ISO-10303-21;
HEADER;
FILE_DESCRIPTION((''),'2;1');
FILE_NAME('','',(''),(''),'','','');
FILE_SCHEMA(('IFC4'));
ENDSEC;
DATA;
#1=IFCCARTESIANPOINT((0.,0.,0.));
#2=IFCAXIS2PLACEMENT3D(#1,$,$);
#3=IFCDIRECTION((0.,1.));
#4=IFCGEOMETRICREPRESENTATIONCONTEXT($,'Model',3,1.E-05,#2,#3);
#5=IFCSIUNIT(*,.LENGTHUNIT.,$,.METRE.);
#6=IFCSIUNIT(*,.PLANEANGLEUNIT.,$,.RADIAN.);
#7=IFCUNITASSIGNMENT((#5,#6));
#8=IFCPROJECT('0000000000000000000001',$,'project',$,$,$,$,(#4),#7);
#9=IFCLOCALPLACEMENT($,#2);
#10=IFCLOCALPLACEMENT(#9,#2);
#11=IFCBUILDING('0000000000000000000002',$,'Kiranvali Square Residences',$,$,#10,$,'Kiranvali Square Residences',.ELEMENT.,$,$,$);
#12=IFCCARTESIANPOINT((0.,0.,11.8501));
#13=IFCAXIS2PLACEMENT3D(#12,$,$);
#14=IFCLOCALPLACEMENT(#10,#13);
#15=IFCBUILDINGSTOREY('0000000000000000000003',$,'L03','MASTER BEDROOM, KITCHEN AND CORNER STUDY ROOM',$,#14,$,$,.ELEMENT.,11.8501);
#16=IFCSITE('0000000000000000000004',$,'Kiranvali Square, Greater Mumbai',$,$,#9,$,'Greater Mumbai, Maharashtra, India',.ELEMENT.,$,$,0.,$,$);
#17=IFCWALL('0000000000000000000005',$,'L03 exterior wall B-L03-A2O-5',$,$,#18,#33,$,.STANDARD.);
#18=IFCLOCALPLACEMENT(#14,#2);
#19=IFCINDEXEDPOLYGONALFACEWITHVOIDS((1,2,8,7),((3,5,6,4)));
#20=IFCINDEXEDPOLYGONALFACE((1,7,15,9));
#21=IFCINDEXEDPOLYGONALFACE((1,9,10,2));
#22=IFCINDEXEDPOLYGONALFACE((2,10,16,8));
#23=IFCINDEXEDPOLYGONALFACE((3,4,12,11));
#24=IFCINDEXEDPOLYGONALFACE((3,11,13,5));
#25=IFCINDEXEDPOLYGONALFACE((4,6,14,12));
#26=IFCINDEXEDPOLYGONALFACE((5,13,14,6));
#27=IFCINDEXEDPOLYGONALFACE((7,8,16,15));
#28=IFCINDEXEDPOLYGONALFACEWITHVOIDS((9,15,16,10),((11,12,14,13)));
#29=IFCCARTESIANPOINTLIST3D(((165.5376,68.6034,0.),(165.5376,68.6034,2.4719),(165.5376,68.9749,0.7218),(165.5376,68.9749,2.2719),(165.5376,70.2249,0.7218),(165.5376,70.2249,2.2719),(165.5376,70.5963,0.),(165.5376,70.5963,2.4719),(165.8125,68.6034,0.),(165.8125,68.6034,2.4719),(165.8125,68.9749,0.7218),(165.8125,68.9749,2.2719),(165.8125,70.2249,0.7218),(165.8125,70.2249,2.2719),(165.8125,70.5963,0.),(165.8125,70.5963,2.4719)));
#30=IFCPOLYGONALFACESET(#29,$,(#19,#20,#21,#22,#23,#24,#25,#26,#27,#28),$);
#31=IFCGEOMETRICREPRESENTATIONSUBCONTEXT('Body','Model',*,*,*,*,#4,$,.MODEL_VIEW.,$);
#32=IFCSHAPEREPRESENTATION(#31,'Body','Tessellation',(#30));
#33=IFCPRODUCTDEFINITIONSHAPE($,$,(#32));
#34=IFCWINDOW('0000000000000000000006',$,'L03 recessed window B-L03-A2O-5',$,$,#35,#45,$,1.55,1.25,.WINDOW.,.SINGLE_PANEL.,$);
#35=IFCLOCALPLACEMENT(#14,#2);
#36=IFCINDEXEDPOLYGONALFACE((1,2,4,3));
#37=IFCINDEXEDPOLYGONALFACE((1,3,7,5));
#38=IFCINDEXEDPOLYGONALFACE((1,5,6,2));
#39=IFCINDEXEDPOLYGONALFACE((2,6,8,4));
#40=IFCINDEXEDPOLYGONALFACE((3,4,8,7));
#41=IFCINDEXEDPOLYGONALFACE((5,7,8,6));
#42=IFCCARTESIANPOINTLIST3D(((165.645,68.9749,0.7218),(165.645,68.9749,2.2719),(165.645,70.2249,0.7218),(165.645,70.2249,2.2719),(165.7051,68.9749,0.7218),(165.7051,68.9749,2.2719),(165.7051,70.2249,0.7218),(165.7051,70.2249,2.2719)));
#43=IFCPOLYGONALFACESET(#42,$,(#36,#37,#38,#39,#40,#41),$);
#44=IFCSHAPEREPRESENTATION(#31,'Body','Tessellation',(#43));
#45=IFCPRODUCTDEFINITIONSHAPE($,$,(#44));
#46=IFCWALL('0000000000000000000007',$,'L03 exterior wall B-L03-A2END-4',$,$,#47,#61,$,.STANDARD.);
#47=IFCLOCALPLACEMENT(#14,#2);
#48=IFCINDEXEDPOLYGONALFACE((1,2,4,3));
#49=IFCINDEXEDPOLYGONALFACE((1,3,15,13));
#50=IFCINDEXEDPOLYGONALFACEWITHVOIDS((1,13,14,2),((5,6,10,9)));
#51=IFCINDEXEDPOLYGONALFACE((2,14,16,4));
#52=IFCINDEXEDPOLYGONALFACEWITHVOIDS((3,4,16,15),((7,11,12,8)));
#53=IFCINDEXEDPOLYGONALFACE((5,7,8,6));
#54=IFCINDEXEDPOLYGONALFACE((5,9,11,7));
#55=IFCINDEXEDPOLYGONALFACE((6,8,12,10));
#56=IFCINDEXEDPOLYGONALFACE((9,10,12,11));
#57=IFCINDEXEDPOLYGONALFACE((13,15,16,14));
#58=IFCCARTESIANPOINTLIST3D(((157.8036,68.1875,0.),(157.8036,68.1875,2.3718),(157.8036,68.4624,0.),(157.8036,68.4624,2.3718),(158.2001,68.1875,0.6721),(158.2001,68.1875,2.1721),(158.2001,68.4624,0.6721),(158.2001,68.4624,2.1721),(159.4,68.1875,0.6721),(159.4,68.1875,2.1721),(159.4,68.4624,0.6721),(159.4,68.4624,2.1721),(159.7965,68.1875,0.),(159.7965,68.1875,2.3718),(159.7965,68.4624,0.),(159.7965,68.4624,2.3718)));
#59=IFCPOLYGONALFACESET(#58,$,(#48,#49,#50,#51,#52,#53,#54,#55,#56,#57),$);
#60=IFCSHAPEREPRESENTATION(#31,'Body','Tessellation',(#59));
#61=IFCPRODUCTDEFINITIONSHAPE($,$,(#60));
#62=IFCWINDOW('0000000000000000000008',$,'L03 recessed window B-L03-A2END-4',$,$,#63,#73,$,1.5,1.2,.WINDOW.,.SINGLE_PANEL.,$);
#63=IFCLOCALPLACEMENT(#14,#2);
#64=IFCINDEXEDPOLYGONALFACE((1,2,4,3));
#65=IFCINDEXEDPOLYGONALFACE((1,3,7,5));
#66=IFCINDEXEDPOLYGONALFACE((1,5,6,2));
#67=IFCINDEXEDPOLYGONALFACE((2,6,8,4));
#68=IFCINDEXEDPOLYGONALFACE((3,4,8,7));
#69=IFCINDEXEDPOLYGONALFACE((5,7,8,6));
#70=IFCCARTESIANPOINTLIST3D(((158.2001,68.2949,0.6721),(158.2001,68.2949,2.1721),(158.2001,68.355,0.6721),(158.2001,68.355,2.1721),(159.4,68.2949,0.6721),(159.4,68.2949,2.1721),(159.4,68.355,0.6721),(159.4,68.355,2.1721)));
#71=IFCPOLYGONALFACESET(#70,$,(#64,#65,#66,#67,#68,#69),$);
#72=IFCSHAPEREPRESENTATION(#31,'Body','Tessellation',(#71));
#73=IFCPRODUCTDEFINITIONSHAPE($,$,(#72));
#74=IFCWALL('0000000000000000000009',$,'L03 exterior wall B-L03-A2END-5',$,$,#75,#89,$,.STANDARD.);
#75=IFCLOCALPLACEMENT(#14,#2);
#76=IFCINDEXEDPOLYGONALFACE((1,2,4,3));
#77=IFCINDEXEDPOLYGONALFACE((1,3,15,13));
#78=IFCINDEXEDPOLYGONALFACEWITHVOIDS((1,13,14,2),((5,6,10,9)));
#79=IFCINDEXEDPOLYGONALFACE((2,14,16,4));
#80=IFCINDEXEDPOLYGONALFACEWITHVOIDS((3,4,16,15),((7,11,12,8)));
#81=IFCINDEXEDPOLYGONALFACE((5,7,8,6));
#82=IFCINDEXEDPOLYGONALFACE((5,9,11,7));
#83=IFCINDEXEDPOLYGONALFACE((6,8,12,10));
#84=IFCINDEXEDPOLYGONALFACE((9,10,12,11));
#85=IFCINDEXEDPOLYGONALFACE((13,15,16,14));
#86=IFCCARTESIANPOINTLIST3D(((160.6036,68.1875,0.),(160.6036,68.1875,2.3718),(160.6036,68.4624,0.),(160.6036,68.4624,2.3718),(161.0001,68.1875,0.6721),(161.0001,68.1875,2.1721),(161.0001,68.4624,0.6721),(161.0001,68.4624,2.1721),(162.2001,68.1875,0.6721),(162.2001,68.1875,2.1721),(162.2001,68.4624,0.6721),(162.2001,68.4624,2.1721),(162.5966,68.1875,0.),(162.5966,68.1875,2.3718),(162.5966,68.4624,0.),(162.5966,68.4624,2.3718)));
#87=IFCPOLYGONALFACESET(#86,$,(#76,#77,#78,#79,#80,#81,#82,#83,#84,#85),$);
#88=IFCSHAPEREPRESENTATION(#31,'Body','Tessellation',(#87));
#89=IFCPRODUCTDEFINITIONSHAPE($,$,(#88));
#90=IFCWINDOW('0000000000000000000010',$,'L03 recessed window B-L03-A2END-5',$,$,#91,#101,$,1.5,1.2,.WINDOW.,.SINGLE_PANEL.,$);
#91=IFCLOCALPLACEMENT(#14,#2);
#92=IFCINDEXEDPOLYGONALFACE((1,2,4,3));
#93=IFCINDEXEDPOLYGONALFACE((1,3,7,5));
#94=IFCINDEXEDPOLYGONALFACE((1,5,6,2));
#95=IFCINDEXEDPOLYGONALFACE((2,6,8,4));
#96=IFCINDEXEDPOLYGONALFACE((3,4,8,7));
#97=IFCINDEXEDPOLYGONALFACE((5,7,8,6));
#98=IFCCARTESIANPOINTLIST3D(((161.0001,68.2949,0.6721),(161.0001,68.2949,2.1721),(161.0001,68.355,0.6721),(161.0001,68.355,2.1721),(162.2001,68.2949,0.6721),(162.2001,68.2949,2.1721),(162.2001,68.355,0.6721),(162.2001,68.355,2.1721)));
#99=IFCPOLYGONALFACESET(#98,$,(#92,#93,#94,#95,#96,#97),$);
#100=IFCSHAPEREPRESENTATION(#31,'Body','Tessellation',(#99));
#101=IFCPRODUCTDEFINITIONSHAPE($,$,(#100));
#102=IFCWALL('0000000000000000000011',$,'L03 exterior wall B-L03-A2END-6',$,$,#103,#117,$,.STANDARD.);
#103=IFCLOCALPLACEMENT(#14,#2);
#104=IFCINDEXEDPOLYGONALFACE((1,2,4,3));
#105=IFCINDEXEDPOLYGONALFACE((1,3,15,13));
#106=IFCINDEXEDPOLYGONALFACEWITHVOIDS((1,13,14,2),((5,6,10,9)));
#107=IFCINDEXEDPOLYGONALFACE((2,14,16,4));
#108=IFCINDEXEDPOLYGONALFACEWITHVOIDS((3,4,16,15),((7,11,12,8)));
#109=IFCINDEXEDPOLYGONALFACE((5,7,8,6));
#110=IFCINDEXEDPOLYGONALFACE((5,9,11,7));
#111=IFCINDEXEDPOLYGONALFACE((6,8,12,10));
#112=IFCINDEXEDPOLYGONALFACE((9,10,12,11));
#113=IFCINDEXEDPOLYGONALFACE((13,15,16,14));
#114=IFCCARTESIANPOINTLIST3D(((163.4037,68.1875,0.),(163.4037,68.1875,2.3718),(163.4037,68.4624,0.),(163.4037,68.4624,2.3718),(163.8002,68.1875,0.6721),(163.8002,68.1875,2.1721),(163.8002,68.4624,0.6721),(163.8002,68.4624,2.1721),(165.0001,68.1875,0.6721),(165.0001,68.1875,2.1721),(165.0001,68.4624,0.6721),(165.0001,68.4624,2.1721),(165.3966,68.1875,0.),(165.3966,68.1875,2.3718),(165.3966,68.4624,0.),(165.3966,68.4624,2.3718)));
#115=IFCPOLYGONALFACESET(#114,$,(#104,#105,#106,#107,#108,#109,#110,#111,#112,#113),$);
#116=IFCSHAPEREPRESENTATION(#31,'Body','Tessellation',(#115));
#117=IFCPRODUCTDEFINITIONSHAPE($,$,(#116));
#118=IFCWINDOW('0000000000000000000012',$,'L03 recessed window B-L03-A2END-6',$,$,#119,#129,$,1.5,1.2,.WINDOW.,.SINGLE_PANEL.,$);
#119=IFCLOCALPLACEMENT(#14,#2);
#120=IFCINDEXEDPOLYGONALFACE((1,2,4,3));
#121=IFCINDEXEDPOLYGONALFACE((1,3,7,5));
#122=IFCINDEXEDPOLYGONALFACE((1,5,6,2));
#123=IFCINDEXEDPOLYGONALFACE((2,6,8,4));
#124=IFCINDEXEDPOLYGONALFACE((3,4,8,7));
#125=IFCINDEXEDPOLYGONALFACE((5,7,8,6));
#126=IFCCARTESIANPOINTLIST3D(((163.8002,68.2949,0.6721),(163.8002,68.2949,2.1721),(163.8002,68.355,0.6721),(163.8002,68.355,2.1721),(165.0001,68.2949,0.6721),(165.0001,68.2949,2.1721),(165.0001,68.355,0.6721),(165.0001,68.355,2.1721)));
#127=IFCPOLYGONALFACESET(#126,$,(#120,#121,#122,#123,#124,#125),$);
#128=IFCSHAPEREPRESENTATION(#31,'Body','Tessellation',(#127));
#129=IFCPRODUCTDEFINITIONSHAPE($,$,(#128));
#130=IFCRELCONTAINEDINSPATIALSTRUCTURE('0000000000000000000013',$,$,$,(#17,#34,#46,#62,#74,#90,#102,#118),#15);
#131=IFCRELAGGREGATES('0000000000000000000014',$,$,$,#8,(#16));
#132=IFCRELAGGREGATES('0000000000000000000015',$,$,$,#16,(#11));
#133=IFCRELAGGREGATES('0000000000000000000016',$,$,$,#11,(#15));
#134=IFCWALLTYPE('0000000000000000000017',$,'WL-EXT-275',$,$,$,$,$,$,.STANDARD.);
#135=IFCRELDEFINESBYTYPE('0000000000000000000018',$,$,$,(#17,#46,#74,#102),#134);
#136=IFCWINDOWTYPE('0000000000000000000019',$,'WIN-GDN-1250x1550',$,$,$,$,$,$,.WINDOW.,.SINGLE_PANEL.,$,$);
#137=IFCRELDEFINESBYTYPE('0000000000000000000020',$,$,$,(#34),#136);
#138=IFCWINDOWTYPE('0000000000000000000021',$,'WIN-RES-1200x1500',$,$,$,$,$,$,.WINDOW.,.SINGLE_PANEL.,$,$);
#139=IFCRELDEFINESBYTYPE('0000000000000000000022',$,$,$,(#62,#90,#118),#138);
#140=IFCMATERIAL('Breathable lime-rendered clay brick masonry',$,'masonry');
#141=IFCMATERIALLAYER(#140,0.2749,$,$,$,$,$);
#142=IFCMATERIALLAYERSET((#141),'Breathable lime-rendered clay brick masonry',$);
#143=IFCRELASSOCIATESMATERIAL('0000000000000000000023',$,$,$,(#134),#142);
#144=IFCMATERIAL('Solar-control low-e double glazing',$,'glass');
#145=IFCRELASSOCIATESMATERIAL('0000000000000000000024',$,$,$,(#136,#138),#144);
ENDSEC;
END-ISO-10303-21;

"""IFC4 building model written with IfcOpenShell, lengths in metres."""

from ifc_helpers import new_model, si_unit, direction, frame, frame_2d, origin, place, context, subcontext, project, spatial, rectangle, extrude, material, layer, layer_set, type_object, element, fill, save


model = new_model("IFC4")

# Units and contexts
model_context = context("Model", 3, precision=1e-05, world=origin(), true_north=direction((0.0, 1.0)))
body_context = subcontext(model_context, "Body", "Model", "MODEL_VIEW")
ifc_project = project(units=[si_unit("LENGTHUNIT", "METRE"), si_unit("PLANEANGLEUNIT", "RADIAN")], contexts=[model_context])

# Site, building, storey
site_placement = place(None, origin())
site = spatial("IfcSite", under=ifc_project, at=site_placement, Name="Kiranvali Square, Greater Mumbai", LongName="Greater Mumbai, Maharashtra, India", CompositionType="ELEMENT", RefElevation=0.0)
building_placement = place(site_placement, origin())
building = spatial("IfcBuilding", under=site, at=building_placement, Name="Kiranvali Square Residences", LongName="Kiranvali Square Residences", CompositionType="ELEMENT")
storey_placement = place(building_placement, frame((0.0, 0.0, 11.8501)))
storey = spatial("IfcBuildingStorey", under=building, at=storey_placement, Name="L03", Description="MASTER BEDROOM, KITCHEN AND CORNER STUDY ROOM", CompositionType="ELEMENT", Elevation=11.8501)

# Walls, openings, windows
ifc_material_1 = material(Name="Breathable lime-rendered clay brick masonry", Category="masonry")
ifc_layer = layer(ifc_material_1, 0.2749)
ifc_layer_set = layer_set([ifc_layer], Name="Breathable lime-rendered clay brick masonry")
wall_type = type_object("IfcWallType", Name="WL-EXT-275", PredefinedType="STANDARD", material=ifc_layer_set)
ifc_material_2 = material(Name="Solar-control low-e double glazing", Category="glass")
window_type_1 = type_object("IfcWindowType", Name="WIN-GDN-1250x1550", PartitioningType="SINGLE_PANEL", PredefinedType="WINDOW", material=ifc_material_2)
wall_1_placement = place(storey_placement, frame((165.675, 70.5964, 0.0), z_axis=(0.0, 0.0, 1.0), x_axis=(0.0, -1.0, 0.0)))
wall_1 = element("IfcWall", 1, at=wall_1_placement, inside=storey, type_object=wall_type, Name="L03 exterior wall B-L03-A2O-5", PredefinedType="STANDARD", context=body_context, shape_type="SweptSolid", body=[
    extrude(rectangle(XDim=1.9929, YDim=0.2749, at=frame_2d((0.9966, 0.0))), origin(), (0.0, 0.0, 1.0), 2.4719),
])
opening_1_placement = place(wall_1_placement, frame((0.3716, 0.0, 0.7219)))
opening_1 = element("IfcOpeningElement", 2, at=opening_1_placement, cuts=wall_1, PredefinedType="OPENING", context=body_context, shape_type="SweptSolid", body=[
    extrude(rectangle(XDim=1.25, YDim=1.55, at=frame_2d((0.625, 0.7749))), frame((0.0, 0.1475, 0.0), z_axis=(0.0, -1.0, 0.0), x_axis=(1.0, 0.0, 0.0)), (0.0, 0.0, 1.0), 0.2949),
])
window_1_placement = place(opening_1_placement, origin())
window_1 = element("IfcWindow", 3, at=window_1_placement, inside=storey, type_object=window_type_1, Name="L03 recessed window B-L03-A2O-5", OverallHeight=1.55, OverallWidth=1.25, PartitioningType="SINGLE_PANEL", PredefinedType="WINDOW", context=body_context, shape_type="SweptSolid", body=[
    extrude(rectangle(XDim=1.25, YDim=1.55, at=frame_2d((0.625, 0.7749))), frame((0.0, 0.03, 0.0), z_axis=(0.0, -1.0, 0.0), x_axis=(1.0, 0.0, 0.0)), (0.0, 0.0, 1.0), 0.0601),
])
fill(opening_1, window_1)
wall_2_placement = place(storey_placement, frame((157.8035, 68.325, 0.0), z_axis=(0.0, 0.0, 1.0), x_axis=(1.0, 0.0, 0.0)))
wall_2 = element("IfcWall", 4, at=wall_2_placement, inside=storey, type_object=wall_type, Name="L03 exterior wall B-L03-A2END-4", PredefinedType="STANDARD", context=body_context, shape_type="SweptSolid", body=[
    extrude(rectangle(XDim=1.9929, YDim=0.2749, at=frame_2d((0.9966, 0.0))), origin(), (0.0, 0.0, 1.0), 2.3718),
])
opening_2_placement = place(wall_2_placement, frame((0.3965, 0.0, 0.6721)))
opening_2 = element("IfcOpeningElement", 5, at=opening_2_placement, cuts=wall_2, PredefinedType="OPENING", context=body_context, shape_type="SweptSolid", body=[
    extrude(rectangle(XDim=1.2, YDim=1.5, at=frame_2d((0.6001, 0.75))), frame((0.0, 0.1475, 0.0), z_axis=(0.0, -1.0, 0.0), x_axis=(1.0, 0.0, 0.0)), (0.0, 0.0, 1.0), 0.2949),
])
window_type_2 = type_object("IfcWindowType", Name="WIN-RES-1200x1500", PartitioningType="SINGLE_PANEL", PredefinedType="WINDOW", material=ifc_material_2)
window_2_placement = place(opening_2_placement, origin())
window_2 = element("IfcWindow", 6, at=window_2_placement, inside=storey, type_object=window_type_2, Name="L03 recessed window B-L03-A2END-4", OverallHeight=1.5, OverallWidth=1.2, PartitioningType="SINGLE_PANEL", PredefinedType="WINDOW", context=body_context, shape_type="SweptSolid", body=[
    extrude(rectangle(XDim=1.2, YDim=1.5, at=frame_2d((0.6001, 0.75))), frame((0.0, 0.03, 0.0), z_axis=(0.0, -1.0, 0.0), x_axis=(1.0, 0.0, 0.0)), (0.0, 0.0, 1.0), 0.0601),
])
fill(opening_2, window_2)
wall_3_placement = place(storey_placement, frame((160.6035, 68.325, 0.0), z_axis=(0.0, 0.0, 1.0), x_axis=(1.0, 0.0, 0.0)))
wall_3 = element("IfcWall", 7, at=wall_3_placement, inside=storey, type_object=wall_type, Name="L03 exterior wall B-L03-A2END-5", PredefinedType="STANDARD", context=body_context, shape_type="SweptSolid", body=[
    extrude(rectangle(XDim=1.9929, YDim=0.2749, at=frame_2d((0.9966, 0.0))), origin(), (0.0, 0.0, 1.0), 2.3718),
])
opening_3_placement = place(wall_3_placement, frame((0.3965, 0.0, 0.6721)))
opening_3 = element("IfcOpeningElement", 8, at=opening_3_placement, cuts=wall_3, PredefinedType="OPENING", context=body_context, shape_type="SweptSolid", body=[
    extrude(rectangle(XDim=1.2, YDim=1.5, at=frame_2d((0.6001, 0.75))), frame((0.0, 0.1475, 0.0), z_axis=(0.0, -1.0, 0.0), x_axis=(1.0, 0.0, 0.0)), (0.0, 0.0, 1.0), 0.2949),
])
window_3_placement = place(opening_3_placement, origin())
window_3 = element("IfcWindow", 9, at=window_3_placement, inside=storey, type_object=window_type_2, Name="L03 recessed window B-L03-A2END-5", OverallHeight=1.5, OverallWidth=1.2, PartitioningType="SINGLE_PANEL", PredefinedType="WINDOW", context=body_context, shape_type="SweptSolid", body=[
    extrude(rectangle(XDim=1.2, YDim=1.5, at=frame_2d((0.6001, 0.75))), frame((0.0, 0.03, 0.0), z_axis=(0.0, -1.0, 0.0), x_axis=(1.0, 0.0, 0.0)), (0.0, 0.0, 1.0), 0.0601),
])
fill(opening_3, window_3)
wall_4_placement = place(storey_placement, frame((163.4036, 68.325, 0.0), z_axis=(0.0, 0.0, 1.0), x_axis=(1.0, 0.0, 0.0)))
wall_4 = element("IfcWall", 10, at=wall_4_placement, inside=storey, type_object=wall_type, Name="L03 exterior wall B-L03-A2END-6", PredefinedType="STANDARD", context=body_context, shape_type="SweptSolid", body=[
    extrude(rectangle(XDim=1.9929, YDim=0.2749, at=frame_2d((0.9966, 0.0))), origin(), (0.0, 0.0, 1.0), 2.3718),
])
opening_4_placement = place(wall_4_placement, frame((0.3965, 0.0, 0.6721)))
opening_4 = element("IfcOpeningElement", 11, at=opening_4_placement, cuts=wall_4, PredefinedType="OPENING", context=body_context, shape_type="SweptSolid", body=[
    extrude(rectangle(XDim=1.2, YDim=1.5, at=frame_2d((0.6001, 0.75))), frame((0.0, 0.1475, 0.0), z_axis=(0.0, -1.0, 0.0), x_axis=(1.0, 0.0, 0.0)), (0.0, 0.0, 1.0), 0.2949),
])
window_4_placement = place(opening_4_placement, origin())
window_4 = element("IfcWindow", 12, at=window_4_placement, inside=storey, type_object=window_type_2, Name="L03 recessed window B-L03-A2END-6", OverallHeight=1.5, OverallWidth=1.2, PartitioningType="SINGLE_PANEL", PredefinedType="WINDOW", context=body_context, shape_type="SweptSolid", body=[
    extrude(rectangle(XDim=1.2, YDim=1.5, at=frame_2d((0.6001, 0.75))), frame((0.0, 0.03, 0.0), z_axis=(0.0, -1.0, 0.0), x_axis=(1.0, 0.0, 0.0)), (0.0, 0.0, 1.0), 0.0601),
])
fill(opening_4, window_4)

save(model, "model.ifc")
